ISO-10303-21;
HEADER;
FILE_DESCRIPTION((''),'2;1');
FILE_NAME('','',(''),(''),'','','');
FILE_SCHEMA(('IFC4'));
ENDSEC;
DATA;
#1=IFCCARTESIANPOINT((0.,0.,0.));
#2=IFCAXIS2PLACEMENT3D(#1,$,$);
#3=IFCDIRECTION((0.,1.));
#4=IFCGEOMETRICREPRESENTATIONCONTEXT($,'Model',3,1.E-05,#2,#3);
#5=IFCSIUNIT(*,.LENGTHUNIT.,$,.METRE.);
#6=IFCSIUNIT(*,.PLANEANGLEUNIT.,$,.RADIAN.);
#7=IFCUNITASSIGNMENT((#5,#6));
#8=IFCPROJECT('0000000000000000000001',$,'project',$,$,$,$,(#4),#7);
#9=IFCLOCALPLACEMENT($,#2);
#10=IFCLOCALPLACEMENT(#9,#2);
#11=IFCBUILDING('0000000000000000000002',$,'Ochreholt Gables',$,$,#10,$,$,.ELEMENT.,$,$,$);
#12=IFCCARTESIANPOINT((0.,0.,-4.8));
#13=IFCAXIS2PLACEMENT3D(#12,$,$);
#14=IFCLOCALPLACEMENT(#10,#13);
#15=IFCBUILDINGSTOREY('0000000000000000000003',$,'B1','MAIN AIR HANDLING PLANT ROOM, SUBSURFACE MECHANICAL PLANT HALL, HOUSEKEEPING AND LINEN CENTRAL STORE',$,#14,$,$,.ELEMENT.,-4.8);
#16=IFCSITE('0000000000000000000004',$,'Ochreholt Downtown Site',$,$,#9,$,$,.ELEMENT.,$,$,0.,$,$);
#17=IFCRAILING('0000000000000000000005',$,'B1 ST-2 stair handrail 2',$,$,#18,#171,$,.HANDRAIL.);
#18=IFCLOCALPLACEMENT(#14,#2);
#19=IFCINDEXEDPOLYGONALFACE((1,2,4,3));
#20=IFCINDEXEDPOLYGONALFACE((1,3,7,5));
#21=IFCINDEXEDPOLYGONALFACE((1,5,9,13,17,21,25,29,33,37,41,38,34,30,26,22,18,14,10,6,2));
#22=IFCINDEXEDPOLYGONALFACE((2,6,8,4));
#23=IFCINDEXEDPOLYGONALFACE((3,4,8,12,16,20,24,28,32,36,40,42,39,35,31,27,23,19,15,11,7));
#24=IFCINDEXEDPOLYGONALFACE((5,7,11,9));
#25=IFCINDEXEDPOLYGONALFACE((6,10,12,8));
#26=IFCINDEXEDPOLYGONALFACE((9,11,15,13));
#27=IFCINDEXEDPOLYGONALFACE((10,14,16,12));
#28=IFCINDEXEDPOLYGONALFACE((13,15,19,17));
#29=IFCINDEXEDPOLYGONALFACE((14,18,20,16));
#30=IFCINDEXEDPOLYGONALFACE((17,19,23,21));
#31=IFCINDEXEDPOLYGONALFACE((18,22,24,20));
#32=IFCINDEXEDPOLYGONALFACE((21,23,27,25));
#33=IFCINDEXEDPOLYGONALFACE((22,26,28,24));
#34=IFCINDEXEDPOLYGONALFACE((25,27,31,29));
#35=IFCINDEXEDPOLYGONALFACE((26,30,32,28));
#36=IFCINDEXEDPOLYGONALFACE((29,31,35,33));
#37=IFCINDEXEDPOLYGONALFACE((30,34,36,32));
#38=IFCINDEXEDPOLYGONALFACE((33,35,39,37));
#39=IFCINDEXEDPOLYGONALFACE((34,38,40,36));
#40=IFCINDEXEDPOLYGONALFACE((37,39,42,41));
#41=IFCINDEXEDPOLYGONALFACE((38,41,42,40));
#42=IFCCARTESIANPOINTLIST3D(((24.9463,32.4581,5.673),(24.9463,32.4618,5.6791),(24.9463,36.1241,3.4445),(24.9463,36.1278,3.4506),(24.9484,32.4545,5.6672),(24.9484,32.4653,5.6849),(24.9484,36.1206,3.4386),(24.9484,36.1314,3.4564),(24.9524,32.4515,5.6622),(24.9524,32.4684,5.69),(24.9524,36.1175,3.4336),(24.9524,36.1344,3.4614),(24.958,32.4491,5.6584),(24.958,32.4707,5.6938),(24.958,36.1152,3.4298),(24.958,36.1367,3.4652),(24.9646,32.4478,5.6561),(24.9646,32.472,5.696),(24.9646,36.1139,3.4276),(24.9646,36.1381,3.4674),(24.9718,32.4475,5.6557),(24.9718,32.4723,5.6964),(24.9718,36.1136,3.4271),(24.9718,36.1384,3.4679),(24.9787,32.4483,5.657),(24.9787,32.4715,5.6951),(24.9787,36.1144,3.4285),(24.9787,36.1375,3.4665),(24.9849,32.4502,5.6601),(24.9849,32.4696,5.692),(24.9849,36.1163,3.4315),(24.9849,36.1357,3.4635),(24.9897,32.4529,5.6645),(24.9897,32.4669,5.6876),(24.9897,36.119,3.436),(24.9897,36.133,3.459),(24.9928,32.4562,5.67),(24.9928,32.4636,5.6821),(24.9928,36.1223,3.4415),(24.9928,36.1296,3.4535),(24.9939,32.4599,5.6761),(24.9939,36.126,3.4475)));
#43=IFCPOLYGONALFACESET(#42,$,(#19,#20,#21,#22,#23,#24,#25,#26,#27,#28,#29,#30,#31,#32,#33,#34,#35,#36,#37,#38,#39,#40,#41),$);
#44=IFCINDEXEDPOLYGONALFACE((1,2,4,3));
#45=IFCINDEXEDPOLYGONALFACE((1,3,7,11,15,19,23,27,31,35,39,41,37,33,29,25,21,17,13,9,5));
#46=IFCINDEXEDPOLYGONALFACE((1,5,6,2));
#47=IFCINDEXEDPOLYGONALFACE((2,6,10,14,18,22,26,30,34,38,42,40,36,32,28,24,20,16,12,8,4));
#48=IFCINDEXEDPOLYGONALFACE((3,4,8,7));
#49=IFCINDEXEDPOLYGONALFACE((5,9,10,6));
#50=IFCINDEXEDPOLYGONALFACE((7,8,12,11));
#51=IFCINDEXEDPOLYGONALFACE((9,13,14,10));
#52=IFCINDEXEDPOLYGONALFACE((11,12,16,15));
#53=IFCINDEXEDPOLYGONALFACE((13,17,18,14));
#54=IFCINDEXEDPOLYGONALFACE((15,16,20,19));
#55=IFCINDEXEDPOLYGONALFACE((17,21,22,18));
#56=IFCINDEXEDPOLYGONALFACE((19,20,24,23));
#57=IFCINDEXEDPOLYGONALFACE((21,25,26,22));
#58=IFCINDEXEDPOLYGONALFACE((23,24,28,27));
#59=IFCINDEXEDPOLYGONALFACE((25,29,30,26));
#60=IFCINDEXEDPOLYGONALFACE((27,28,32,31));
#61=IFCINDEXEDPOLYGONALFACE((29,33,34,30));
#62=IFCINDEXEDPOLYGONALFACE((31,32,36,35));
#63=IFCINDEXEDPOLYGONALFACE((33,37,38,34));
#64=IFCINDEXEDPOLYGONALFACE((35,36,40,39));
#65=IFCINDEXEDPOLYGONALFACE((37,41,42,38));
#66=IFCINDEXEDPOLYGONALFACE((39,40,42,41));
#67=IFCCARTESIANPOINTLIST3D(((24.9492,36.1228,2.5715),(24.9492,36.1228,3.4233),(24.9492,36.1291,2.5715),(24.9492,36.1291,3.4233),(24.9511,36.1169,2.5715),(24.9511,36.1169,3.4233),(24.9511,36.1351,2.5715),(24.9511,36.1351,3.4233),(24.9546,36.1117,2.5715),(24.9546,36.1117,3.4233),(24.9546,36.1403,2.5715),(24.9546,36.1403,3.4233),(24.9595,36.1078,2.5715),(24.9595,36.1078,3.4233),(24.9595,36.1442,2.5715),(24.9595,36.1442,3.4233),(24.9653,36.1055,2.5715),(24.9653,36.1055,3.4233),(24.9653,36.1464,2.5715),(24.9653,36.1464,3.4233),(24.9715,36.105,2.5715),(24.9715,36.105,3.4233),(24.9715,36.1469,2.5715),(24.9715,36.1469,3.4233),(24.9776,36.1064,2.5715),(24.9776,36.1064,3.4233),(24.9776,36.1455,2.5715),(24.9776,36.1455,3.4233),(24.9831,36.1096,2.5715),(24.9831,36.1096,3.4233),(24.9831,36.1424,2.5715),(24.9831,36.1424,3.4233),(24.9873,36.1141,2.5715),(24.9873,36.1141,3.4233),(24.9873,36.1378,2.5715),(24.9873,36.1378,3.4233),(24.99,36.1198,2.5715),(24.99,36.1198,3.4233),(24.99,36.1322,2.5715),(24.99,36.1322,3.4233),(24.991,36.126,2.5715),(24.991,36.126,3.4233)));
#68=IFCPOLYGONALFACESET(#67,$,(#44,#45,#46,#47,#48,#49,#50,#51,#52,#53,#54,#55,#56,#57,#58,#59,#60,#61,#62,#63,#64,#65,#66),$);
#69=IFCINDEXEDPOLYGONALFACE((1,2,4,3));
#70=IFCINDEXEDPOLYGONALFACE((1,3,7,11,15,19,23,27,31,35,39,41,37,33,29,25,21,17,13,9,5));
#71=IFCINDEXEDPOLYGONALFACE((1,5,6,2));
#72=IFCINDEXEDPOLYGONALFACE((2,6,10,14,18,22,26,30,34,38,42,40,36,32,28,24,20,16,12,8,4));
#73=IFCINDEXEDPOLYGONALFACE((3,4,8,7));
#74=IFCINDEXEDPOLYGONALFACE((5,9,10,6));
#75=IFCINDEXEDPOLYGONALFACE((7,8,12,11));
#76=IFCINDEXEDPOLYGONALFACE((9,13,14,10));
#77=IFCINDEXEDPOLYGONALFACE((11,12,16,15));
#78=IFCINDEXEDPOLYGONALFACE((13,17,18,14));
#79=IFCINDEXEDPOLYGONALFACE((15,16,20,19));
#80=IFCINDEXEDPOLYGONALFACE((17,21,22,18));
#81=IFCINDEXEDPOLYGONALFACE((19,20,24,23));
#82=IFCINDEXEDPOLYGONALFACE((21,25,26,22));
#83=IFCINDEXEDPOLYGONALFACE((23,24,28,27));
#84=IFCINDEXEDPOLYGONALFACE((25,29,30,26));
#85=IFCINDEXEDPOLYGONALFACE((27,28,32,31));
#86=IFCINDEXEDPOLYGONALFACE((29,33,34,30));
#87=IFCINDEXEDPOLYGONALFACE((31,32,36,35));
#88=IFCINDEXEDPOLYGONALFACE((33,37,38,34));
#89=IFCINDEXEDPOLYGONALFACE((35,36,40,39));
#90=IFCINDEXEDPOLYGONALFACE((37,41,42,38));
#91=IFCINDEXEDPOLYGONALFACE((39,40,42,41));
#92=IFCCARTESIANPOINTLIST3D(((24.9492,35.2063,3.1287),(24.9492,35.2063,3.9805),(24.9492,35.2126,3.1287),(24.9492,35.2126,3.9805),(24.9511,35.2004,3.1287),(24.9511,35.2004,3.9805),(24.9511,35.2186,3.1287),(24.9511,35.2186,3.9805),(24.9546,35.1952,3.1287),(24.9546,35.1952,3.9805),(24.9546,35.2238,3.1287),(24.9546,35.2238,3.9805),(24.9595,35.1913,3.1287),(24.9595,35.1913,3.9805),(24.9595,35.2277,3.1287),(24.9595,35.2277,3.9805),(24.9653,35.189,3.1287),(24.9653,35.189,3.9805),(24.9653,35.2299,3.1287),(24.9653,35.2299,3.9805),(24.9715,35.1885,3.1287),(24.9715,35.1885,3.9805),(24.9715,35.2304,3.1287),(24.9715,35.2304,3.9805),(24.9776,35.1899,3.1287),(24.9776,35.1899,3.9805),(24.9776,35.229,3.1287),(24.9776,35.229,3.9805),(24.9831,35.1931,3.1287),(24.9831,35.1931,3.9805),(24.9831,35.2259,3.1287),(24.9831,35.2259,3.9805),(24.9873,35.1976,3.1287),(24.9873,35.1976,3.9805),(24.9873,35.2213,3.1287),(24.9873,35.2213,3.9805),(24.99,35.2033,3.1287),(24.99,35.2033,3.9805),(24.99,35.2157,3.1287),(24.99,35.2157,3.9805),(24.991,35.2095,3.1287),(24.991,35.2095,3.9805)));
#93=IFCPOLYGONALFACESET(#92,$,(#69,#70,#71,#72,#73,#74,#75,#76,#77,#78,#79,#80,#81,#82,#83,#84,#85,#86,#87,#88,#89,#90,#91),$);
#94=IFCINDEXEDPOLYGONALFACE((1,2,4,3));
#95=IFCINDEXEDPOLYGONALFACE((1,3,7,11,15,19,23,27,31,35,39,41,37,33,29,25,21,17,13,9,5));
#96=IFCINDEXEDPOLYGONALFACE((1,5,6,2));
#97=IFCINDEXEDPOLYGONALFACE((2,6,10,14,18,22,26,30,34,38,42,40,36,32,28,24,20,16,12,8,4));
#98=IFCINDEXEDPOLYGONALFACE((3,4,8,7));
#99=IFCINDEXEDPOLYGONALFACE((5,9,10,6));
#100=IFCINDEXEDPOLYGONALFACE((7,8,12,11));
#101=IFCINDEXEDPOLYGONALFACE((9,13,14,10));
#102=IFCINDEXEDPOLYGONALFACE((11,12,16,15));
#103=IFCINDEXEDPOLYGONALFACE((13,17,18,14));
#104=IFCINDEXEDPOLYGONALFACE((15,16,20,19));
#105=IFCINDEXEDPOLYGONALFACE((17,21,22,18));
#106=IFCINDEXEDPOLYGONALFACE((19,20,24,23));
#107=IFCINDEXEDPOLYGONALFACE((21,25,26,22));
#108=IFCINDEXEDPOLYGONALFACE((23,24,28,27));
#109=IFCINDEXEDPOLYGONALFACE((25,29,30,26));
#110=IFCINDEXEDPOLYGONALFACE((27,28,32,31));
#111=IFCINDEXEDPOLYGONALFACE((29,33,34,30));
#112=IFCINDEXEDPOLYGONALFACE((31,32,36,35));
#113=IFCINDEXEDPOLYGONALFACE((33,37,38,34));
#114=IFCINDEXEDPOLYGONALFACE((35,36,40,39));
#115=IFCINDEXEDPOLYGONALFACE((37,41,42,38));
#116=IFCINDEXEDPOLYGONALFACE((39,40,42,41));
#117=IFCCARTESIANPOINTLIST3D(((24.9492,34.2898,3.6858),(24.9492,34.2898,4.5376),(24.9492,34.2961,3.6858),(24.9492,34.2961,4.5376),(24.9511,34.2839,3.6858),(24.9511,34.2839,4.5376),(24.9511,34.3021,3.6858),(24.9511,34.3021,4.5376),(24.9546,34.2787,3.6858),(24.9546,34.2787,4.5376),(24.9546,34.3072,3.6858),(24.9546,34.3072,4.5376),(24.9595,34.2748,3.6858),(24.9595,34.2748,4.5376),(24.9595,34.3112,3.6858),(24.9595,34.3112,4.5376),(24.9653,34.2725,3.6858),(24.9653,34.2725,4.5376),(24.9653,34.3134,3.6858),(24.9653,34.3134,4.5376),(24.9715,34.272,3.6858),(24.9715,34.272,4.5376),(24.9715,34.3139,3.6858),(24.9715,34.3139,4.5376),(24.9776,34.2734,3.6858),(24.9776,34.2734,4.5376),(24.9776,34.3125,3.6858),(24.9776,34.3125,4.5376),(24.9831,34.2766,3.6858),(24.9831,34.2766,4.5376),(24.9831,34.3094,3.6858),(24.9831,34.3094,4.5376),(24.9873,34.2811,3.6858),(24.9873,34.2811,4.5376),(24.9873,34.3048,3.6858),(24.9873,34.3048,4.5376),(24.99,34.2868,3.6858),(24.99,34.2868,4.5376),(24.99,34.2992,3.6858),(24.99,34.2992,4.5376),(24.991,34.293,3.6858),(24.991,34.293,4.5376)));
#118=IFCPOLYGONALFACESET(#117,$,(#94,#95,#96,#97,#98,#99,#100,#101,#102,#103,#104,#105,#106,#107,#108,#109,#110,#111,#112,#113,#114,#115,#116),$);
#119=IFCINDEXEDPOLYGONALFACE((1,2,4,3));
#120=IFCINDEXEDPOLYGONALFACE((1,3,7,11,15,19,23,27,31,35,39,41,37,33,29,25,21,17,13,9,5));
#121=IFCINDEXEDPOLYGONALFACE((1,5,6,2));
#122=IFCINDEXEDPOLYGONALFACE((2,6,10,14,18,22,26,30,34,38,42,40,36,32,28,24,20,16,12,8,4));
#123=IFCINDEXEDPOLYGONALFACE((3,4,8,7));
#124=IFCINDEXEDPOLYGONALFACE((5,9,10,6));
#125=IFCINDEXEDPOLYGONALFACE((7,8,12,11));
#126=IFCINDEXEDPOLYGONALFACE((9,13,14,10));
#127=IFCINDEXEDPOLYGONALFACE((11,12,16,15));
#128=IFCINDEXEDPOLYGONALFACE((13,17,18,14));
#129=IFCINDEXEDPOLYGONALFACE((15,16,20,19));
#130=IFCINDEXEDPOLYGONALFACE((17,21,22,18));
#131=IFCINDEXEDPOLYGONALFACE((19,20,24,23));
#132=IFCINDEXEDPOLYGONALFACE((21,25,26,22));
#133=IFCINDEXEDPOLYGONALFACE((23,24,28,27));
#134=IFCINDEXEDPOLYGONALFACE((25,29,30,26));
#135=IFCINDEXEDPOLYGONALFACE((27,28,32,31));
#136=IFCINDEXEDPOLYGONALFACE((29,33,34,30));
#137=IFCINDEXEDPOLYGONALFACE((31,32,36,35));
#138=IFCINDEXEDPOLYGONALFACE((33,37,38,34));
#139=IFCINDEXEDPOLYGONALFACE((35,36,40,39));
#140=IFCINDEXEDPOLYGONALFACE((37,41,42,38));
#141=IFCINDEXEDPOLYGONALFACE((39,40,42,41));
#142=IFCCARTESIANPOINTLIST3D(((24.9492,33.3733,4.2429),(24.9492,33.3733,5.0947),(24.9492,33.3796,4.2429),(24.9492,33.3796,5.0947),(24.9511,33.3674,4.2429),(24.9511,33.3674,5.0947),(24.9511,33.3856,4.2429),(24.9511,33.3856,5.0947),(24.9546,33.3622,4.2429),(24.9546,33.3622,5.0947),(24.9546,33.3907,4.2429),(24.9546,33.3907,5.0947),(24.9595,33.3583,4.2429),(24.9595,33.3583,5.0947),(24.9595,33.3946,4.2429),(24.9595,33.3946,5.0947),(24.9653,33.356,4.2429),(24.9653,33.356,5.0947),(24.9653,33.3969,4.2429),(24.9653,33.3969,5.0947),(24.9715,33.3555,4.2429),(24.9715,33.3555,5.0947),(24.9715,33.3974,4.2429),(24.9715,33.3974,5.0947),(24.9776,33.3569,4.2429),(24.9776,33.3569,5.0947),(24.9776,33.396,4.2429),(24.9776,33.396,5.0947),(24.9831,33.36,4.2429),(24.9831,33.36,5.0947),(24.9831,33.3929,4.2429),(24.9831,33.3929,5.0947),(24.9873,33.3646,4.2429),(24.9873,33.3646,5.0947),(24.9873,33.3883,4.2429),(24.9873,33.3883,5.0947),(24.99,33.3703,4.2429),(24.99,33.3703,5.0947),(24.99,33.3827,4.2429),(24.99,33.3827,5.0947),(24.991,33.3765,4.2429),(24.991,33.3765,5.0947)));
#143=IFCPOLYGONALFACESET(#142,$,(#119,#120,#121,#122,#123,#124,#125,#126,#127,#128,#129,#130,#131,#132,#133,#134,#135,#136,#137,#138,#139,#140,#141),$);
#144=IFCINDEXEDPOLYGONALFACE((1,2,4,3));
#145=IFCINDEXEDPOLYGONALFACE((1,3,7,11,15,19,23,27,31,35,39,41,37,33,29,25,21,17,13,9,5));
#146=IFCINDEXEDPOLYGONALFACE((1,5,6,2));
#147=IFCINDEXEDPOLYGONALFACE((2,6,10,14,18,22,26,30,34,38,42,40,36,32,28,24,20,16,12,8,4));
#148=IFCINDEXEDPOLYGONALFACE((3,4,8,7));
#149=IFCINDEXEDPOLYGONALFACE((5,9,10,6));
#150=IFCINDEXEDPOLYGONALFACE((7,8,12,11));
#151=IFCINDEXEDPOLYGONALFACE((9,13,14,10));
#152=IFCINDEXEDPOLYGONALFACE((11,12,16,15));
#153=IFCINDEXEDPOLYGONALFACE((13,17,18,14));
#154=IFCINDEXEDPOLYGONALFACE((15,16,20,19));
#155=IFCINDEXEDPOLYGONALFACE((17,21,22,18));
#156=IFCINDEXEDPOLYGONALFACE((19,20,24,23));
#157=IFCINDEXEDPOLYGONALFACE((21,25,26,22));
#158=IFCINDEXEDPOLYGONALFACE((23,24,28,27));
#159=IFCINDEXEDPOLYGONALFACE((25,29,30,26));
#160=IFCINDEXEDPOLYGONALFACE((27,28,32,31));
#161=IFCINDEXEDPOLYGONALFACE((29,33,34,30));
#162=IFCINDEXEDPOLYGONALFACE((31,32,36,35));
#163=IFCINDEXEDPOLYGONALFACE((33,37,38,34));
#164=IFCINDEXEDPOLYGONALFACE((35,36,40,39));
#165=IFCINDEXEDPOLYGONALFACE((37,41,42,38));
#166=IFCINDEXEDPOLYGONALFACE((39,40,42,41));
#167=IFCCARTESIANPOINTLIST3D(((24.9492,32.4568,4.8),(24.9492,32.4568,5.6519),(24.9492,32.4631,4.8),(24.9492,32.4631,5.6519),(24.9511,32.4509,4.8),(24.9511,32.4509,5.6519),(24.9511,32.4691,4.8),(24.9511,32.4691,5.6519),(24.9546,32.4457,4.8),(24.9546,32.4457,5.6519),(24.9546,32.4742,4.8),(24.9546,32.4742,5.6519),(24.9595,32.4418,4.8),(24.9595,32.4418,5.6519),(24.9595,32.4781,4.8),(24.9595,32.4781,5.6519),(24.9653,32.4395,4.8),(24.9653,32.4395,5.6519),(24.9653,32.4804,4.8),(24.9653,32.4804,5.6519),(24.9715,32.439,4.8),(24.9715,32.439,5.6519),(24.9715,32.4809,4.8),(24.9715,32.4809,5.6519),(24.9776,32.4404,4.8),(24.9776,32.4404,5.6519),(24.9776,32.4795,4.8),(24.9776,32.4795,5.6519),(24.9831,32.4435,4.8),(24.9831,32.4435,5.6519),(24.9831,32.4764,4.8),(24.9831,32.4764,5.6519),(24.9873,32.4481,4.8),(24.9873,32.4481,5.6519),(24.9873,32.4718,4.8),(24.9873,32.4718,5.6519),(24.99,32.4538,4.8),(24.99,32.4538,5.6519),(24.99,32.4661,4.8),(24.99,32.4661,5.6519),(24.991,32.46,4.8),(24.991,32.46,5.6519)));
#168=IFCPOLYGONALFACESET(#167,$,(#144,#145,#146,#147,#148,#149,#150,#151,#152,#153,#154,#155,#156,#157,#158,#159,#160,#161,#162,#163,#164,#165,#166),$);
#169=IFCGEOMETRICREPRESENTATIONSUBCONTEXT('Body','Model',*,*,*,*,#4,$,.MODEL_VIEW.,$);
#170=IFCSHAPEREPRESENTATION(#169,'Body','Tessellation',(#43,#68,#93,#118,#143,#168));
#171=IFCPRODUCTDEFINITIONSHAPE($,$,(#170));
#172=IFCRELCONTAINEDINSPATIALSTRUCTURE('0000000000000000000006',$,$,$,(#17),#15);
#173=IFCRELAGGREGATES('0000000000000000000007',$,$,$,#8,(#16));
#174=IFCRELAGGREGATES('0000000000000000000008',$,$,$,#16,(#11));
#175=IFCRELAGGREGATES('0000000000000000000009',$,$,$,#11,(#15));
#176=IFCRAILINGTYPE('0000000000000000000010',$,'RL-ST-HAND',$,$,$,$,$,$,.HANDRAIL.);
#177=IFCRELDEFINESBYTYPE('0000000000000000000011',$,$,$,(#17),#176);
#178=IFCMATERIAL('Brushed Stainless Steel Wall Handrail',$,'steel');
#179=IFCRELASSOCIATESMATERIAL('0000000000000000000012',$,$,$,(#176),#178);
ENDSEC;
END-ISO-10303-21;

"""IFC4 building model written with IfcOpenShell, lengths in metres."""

from ifc_helpers import new_model, si_unit, direction, frame, origin, origin_2d, place, context, subcontext, project, spatial, circle, extrude, material, type_object, element, save


model = new_model("IFC4")

# Units and contexts
model_context = context("Model", 3, precision=1e-05, world=origin(), true_north=direction((0.0, 1.0)))
body_context = subcontext(model_context, "Body", "Model", "MODEL_VIEW")
ifc_project = project(units=[si_unit("LENGTHUNIT", "METRE"), si_unit("PLANEANGLEUNIT", "RADIAN")], contexts=[model_context])

# Site, building, storey
site_placement = place(None, origin())
site = spatial("IfcSite", under=ifc_project, at=site_placement, Name="Ochreholt Downtown Site", CompositionType="ELEMENT", RefElevation=0.0)
building_placement = place(site_placement, origin())
building = spatial("IfcBuilding", under=site, at=building_placement, Name="Ochreholt Gables", CompositionType="ELEMENT")
storey_placement = place(building_placement, frame((0.0, 0.0, -4.8)))
storey = spatial("IfcBuildingStorey", under=building, at=storey_placement, Name="B1", Description="MAIN AIR HANDLING PLANT ROOM, SUBSURFACE MECHANICAL PLANT HALL, HOUSEKEEPING AND LINEN CENTRAL STORE", CompositionType="ELEMENT", Elevation=-4.8)

# Railing
ifc_material_1 = material(Name="Brushed Stainless Steel Wall Handrail", Category="steel")
railing_type_1 = type_object("IfcRailingType", Name="RL-ST-HAND", PredefinedType="HANDRAIL", material=ifc_material_1)
railing_1_placement = place(storey_placement, frame((24.97, 36.126, 2.5715)))
element("IfcRailing", 1, at=railing_1_placement, inside=storey, type_object=railing_type_1, Name="B1 ST-2 stair handrail 2", PredefinedType="HANDRAIL", context=body_context, shape_type="SweptSolid", body=[
    extrude(circle(Radius=0.0239, at=origin_2d()), frame((0.0, 0.0, 0.876), z_axis=(0.0, -0.854506, 0.519441), x_axis=(1.0, 0.0, 0.0)), (0.0, 0.0, 1.0), 4.2903),
    extrude(circle(Radius=0.021, at=origin_2d()), origin(), (0.0, 0.0, 1.0), 0.8518),
    extrude(circle(Radius=0.021, at=origin_2d()), frame((0.0, -0.9165, 0.5571)), (0.0, 0.0, 1.0), 0.8518),
    extrude(circle(Radius=0.021, at=origin_2d()), frame((0.0, -1.833, 1.1143)), (0.0, 0.0, 1.0), 0.8518),
    extrude(circle(Radius=0.021, at=origin_2d()), frame((0.0, -2.7495, 1.6714)), (0.0, 0.0, 1.0), 0.8518),
    extrude(circle(Radius=0.021, at=origin_2d()), frame((0.0, -3.666, 2.2285)), (0.0, 0.0, 1.0), 0.8518),
])

save(model, "model.ifc")
